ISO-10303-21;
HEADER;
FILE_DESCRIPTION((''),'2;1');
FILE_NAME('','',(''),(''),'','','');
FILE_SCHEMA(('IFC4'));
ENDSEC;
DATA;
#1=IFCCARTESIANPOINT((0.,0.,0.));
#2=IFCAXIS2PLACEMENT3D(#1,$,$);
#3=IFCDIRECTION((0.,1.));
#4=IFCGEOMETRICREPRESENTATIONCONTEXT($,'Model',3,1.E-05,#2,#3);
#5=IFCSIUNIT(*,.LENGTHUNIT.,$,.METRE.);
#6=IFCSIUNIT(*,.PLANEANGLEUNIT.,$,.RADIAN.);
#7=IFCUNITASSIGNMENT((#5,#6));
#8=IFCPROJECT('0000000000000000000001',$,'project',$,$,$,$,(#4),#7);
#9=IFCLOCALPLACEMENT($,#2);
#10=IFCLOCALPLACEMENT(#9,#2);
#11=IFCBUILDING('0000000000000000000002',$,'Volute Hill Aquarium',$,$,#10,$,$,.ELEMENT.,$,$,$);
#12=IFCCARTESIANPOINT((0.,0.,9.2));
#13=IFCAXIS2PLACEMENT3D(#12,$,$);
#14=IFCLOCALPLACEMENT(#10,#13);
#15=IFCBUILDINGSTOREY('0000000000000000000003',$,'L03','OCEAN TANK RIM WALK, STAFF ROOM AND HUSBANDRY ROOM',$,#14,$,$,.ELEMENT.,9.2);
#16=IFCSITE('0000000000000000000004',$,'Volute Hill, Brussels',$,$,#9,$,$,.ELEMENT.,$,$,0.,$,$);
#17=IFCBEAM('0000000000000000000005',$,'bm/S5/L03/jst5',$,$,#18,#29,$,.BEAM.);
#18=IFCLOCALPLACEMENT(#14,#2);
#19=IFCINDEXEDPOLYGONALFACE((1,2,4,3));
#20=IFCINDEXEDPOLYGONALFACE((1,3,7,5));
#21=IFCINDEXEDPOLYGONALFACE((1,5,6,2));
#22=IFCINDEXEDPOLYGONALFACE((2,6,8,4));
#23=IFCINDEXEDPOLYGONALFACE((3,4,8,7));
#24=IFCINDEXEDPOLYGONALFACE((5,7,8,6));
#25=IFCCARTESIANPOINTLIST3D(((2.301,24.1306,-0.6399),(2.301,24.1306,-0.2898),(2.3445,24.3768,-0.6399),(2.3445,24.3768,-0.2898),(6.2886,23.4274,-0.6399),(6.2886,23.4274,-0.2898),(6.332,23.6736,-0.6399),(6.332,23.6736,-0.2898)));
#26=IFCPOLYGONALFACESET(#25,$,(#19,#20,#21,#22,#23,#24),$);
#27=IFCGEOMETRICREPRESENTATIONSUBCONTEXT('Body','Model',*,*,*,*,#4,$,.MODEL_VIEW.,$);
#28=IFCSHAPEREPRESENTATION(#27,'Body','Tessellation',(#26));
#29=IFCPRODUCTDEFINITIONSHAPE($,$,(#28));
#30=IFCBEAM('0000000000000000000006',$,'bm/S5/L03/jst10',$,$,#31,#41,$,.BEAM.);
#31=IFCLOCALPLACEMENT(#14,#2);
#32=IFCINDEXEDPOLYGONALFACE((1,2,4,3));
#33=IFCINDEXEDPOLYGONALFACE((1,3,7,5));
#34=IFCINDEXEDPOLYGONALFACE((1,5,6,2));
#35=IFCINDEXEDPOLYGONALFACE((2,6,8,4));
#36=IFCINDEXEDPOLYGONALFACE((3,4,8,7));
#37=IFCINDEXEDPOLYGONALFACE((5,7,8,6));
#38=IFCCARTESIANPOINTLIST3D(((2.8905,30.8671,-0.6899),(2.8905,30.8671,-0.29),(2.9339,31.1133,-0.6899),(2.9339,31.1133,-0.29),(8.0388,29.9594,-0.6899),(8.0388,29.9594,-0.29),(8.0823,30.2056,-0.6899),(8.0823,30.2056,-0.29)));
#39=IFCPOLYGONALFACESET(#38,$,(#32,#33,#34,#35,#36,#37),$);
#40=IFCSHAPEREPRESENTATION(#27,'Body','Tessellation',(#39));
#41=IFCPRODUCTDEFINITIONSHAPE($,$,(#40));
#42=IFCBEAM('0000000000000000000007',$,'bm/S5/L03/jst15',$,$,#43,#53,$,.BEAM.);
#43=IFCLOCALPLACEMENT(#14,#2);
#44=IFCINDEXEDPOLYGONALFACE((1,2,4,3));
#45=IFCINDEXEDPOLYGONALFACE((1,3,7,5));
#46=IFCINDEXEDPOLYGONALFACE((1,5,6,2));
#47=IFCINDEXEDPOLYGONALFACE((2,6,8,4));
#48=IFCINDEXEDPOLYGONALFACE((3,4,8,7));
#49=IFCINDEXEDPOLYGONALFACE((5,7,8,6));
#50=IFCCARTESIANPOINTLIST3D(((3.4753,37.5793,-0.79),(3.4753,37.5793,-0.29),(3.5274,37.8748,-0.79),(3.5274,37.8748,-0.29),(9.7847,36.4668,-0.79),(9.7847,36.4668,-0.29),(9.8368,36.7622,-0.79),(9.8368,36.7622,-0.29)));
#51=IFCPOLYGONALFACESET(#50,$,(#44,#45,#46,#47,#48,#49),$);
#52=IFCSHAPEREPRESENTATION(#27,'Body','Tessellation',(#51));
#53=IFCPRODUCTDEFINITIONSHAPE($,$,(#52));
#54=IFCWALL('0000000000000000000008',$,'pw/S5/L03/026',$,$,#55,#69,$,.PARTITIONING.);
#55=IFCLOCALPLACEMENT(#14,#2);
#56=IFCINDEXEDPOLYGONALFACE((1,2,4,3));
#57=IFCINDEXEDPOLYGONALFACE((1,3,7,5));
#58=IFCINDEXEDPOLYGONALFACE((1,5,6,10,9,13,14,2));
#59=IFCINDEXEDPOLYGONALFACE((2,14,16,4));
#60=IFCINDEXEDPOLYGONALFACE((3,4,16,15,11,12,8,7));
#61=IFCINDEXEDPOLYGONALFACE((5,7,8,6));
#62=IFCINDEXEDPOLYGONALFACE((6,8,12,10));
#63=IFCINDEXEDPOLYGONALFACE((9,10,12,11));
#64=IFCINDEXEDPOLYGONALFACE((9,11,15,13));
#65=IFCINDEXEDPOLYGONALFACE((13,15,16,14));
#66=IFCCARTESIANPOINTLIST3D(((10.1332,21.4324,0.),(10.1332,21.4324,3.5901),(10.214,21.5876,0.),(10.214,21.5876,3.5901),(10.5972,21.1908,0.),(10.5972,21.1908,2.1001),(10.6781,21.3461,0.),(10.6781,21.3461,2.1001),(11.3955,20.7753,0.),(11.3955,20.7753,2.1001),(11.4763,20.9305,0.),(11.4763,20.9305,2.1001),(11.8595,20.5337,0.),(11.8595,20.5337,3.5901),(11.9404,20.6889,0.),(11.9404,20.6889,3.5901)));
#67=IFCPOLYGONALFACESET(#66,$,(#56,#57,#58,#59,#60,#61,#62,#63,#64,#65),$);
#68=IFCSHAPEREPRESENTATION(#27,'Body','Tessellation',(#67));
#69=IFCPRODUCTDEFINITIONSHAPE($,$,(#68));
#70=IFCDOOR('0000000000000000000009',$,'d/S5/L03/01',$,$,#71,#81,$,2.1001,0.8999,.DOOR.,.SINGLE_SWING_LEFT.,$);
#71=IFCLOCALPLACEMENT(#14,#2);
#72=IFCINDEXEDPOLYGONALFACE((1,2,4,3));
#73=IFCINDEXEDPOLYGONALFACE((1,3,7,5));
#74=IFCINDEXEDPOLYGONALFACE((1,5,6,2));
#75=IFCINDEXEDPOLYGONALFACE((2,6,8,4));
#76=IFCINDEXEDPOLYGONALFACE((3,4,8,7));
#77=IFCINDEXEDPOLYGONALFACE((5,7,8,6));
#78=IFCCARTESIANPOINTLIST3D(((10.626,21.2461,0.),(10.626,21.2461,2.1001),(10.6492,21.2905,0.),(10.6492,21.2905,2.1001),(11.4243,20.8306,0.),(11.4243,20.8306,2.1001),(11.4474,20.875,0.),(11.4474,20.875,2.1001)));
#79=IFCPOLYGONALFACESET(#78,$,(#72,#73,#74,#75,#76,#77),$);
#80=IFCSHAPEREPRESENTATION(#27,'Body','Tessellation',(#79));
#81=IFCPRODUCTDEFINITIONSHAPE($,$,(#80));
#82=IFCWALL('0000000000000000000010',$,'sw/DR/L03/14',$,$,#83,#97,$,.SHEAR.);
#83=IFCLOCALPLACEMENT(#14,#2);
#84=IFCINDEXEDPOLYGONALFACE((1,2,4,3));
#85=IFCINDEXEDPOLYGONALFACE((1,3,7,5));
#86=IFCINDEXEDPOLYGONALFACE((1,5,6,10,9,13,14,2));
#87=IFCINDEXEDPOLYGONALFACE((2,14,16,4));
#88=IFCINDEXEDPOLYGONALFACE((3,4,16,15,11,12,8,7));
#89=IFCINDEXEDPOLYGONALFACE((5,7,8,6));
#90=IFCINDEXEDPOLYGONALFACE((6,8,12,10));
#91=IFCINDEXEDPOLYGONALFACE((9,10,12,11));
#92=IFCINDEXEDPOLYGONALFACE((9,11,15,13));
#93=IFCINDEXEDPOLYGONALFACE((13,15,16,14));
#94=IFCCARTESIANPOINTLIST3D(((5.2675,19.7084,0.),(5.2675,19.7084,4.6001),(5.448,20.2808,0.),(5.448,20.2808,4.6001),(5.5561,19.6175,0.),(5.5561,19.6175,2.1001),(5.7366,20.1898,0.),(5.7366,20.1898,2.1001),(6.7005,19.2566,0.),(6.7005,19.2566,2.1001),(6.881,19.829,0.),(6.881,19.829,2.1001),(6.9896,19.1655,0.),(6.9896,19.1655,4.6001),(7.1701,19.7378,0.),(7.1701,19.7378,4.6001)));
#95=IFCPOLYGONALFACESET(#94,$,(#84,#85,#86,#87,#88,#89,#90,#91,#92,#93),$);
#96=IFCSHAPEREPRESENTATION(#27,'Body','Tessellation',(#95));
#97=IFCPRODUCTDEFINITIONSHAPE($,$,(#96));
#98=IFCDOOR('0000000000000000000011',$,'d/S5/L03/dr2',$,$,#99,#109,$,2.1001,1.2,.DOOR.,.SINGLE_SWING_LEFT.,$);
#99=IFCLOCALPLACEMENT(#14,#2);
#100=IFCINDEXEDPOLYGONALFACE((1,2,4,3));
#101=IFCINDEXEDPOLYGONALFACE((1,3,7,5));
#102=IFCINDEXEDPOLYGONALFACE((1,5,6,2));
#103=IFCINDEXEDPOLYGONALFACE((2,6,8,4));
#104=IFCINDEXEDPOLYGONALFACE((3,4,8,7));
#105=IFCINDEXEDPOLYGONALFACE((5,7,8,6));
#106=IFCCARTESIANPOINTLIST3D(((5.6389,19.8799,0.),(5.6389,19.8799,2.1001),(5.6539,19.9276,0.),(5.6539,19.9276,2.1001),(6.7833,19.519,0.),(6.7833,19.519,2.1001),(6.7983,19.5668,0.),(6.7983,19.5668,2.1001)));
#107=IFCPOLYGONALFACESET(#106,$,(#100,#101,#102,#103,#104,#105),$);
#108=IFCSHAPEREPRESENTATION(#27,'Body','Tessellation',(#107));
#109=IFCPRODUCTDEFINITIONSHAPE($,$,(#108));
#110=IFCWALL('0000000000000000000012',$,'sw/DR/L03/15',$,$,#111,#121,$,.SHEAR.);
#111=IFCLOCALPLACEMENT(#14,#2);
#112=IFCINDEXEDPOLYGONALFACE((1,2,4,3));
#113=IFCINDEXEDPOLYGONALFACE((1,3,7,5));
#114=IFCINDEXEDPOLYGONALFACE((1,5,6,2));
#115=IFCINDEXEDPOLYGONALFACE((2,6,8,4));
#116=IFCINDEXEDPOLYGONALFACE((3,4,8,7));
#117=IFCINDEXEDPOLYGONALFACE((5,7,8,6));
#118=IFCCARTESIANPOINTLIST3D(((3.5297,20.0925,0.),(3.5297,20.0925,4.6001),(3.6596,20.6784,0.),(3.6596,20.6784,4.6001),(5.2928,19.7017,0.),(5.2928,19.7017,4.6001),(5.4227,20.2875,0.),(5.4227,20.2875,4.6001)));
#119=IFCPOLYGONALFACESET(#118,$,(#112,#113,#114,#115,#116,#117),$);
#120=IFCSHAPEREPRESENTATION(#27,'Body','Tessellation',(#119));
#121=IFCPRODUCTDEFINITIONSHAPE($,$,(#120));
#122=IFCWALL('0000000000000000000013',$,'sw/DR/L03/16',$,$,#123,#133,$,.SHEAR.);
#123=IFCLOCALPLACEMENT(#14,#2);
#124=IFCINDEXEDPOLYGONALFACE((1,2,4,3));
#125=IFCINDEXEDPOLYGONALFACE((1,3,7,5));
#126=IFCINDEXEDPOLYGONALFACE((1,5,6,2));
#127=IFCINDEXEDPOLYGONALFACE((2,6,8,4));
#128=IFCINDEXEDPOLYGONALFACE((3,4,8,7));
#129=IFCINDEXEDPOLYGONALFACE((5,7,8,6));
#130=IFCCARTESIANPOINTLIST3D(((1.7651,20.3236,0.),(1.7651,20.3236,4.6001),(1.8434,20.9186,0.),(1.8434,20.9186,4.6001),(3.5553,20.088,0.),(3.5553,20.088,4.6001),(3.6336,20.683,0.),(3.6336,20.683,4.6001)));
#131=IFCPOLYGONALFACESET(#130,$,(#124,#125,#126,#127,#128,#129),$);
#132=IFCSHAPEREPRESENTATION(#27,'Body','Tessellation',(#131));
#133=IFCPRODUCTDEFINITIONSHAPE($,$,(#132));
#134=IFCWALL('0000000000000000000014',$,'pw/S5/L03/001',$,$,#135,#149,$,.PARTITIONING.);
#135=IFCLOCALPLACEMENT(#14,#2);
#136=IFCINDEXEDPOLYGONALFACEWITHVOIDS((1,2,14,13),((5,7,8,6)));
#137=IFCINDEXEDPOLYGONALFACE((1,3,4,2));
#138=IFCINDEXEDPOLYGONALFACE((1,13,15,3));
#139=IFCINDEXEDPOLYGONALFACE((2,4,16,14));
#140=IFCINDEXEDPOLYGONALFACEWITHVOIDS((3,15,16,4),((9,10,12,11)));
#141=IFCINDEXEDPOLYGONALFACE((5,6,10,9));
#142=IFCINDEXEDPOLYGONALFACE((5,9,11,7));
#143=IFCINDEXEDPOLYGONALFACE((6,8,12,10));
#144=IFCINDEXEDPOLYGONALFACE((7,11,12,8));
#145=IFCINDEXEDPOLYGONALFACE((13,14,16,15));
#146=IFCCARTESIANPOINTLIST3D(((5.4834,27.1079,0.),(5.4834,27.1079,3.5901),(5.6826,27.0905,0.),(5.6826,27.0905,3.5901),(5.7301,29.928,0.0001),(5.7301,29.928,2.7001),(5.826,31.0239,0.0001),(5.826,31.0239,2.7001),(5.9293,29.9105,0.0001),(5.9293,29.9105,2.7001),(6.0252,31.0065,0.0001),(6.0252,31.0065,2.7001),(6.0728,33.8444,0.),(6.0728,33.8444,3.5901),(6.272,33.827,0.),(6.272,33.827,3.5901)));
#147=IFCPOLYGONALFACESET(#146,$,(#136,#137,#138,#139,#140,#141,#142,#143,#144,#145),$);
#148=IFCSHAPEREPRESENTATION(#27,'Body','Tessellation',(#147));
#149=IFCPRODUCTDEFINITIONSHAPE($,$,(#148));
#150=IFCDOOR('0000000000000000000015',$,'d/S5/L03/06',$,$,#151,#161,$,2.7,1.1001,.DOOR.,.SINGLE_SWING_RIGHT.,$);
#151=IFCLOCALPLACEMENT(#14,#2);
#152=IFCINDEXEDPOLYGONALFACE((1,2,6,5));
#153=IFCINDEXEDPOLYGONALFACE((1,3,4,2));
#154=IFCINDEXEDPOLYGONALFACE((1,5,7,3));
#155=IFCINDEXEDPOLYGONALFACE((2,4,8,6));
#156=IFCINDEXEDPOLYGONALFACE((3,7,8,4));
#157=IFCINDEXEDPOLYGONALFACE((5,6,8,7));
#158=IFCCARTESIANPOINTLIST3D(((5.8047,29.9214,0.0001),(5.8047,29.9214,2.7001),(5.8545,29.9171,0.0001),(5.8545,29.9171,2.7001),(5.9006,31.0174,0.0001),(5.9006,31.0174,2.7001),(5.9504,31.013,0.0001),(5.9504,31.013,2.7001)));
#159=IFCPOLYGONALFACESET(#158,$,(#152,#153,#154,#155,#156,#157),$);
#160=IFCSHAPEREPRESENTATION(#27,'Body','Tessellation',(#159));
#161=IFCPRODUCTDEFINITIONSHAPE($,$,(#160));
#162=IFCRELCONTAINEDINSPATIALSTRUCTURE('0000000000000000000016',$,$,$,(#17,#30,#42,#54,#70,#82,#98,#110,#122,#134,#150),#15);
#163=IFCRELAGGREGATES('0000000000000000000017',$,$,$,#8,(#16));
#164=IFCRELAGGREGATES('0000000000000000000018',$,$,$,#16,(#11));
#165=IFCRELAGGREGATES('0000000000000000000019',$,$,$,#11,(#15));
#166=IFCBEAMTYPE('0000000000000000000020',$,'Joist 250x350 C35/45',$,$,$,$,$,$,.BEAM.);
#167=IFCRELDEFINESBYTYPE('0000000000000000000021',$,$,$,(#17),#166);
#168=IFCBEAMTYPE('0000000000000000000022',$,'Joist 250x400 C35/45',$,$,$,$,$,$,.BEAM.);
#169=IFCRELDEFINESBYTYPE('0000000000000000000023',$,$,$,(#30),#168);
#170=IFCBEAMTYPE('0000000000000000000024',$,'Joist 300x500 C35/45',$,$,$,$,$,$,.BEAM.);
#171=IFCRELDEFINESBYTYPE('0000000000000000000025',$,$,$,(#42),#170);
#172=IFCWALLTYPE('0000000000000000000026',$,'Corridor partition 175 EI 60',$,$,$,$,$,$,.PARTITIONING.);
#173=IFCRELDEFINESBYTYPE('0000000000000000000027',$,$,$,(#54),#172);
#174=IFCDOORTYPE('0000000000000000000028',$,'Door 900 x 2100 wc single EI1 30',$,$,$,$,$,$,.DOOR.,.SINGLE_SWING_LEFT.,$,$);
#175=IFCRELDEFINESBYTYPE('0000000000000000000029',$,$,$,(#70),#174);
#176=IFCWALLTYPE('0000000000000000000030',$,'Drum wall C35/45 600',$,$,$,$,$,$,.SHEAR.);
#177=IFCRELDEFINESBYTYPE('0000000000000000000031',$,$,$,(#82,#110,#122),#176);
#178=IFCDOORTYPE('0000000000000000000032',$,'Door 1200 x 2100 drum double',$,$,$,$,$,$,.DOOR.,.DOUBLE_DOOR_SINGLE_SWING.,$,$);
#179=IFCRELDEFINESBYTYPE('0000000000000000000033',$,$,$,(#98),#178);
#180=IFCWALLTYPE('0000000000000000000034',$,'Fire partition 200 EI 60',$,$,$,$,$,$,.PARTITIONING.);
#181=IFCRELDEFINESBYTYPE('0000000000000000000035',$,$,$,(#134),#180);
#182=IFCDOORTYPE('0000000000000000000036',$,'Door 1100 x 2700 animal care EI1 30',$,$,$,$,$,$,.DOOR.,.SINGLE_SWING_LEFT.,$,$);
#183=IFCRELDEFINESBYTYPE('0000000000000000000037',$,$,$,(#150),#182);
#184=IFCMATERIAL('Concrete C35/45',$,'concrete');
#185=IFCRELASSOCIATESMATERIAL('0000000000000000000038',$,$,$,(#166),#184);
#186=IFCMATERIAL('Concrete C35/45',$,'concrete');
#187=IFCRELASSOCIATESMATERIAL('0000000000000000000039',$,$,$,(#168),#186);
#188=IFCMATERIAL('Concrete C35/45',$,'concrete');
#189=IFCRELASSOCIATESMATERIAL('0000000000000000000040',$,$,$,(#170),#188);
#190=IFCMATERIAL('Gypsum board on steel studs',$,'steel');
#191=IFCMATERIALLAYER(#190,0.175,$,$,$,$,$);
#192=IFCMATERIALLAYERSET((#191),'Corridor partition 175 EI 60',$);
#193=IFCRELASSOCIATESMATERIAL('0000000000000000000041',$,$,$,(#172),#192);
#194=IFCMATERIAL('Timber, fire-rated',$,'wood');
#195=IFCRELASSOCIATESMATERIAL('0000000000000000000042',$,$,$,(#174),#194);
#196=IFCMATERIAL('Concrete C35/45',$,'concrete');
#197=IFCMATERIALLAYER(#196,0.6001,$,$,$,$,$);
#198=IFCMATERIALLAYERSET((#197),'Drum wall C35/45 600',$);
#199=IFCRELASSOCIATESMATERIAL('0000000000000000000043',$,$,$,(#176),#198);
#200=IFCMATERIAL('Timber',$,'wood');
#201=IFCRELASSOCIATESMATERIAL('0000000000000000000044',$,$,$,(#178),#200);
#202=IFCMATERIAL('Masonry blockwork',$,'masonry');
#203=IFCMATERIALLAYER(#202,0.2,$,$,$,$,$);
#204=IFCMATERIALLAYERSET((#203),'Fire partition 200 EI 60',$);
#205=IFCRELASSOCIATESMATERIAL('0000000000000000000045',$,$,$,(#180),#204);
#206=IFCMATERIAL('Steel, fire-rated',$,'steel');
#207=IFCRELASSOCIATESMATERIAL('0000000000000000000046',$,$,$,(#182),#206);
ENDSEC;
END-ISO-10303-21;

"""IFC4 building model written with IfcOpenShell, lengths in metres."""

from ifc_helpers import new_model, si_unit, direction, frame, frame_2d, origin, origin_2d, place, context, subcontext, project, spatial, rectangle, extrude, material, layer, layer_set, material_profile, profile_set, type_object, element, fill, save


model = new_model("IFC4")

# Units and contexts
model_context = context("Model", 3, precision=1e-05, world=origin(), true_north=direction((0.0, 1.0)))
body_context = subcontext(model_context, "Body", "Model", "MODEL_VIEW")
ifc_project = project(units=[si_unit("LENGTHUNIT", "METRE"), si_unit("PLANEANGLEUNIT", "RADIAN")], contexts=[model_context])

# Site, building, storey
site_placement = place(None, origin())
site = spatial("IfcSite", under=ifc_project, at=site_placement, Name="Volute Hill, Brussels", CompositionType="ELEMENT", RefElevation=0.0)
building_placement = place(site_placement, origin())
building = spatial("IfcBuilding", under=site, at=building_placement, Name="Volute Hill Aquarium", CompositionType="ELEMENT")
storey_placement = place(building_placement, frame((0.0, 0.0, 9.2)))
storey = spatial("IfcBuildingStorey", under=building, at=storey_placement, Name="L03", Description="OCEAN TANK RIM WALK, STAFF ROOM AND HUSBANDRY ROOM", CompositionType="ELEMENT", Elevation=9.2)

# Beams
ifc_material_1 = material(Name="Concrete C35/45", Category="concrete")
ifc_material_profile_1 = material_profile(ifc_material_1, rectangle(XDim=0.25, YDim=0.3501, at=origin_2d()), Name="RC joist 250x350")
ifc_profile_set_1 = profile_set([ifc_material_profile_1], Name="Concrete C35/45")
beam_type_1 = type_object("IfcBeamType", Name="Joist 250x350 C35/45", PredefinedType="BEAM", material=ifc_profile_set_1)
beam_1_placement = place(storey_placement, frame((6.3103, 23.5505, -0.4648), z_axis=(-0.984807, 0.173651, 0.0), x_axis=(-0.173651, -0.984807, 0.0)))
element("IfcBeam", 1, at=beam_1_placement, inside=storey, type_object=beam_type_1, Name="bm/S5/L03/jst5", PredefinedType="BEAM", context=body_context, shape_type="SweptSolid", body=[
    extrude(rectangle(XDim=0.25, YDim=0.3501, at=origin_2d()), origin(), (0.0, 0.0, 1.0), 4.0491),
])
ifc_material_2 = material(Name="Concrete C35/45", Category="concrete")
ifc_material_profile_2 = material_profile(ifc_material_2, rectangle(XDim=0.25, YDim=0.3999, at=origin_2d()), Name="RC joist 250x400")
ifc_profile_set_2 = profile_set([ifc_material_profile_2], Name="Concrete C35/45")
beam_type_2 = type_object("IfcBeamType", Name="Joist 250x400 C35/45", PredefinedType="BEAM", material=ifc_profile_set_2)
beam_2_placement = place(storey_placement, frame((8.0605, 30.0825, -0.49), z_axis=(-0.984811, 0.173631, 0.0), x_axis=(-0.173631, -0.984811, 0.0)))
element("IfcBeam", 2, at=beam_2_placement, inside=storey, type_object=beam_type_2, Name="bm/S5/L03/jst10", PredefinedType="BEAM", context=body_context, shape_type="SweptSolid", body=[
    extrude(rectangle(XDim=0.25, YDim=0.3999, at=origin_2d()), origin(), (0.0, 0.0, 1.0), 5.2278),
])
ifc_material_3 = material(Name="Concrete C35/45", Category="concrete")
ifc_material_profile_3 = material_profile(ifc_material_3, rectangle(XDim=0.3, YDim=0.5, at=origin_2d()), Name="RC joist 300x500")
ifc_profile_set_3 = profile_set([ifc_material_profile_3], Name="Concrete C35/45")
beam_type_3 = type_object("IfcBeamType", Name="Joist 300x500 C35/45", PredefinedType="BEAM", material=ifc_profile_set_3)
beam_3_placement = place(storey_placement, frame((9.8108, 36.6145, -0.54), z_axis=(-0.984807, 0.173655, 0.0), x_axis=(-0.173655, -0.984807, 0.0)))
element("IfcBeam", 3, at=beam_3_placement, inside=storey, type_object=beam_type_3, Name="bm/S5/L03/jst15", PredefinedType="BEAM", context=body_context, shape_type="SweptSolid", body=[
    extrude(rectangle(XDim=0.3, YDim=0.5, at=origin_2d()), origin(), (0.0, 0.0, 1.0), 6.4067),
])

# Walls, openings, doors
ifc_material_4 = material(Name="Gypsum board on steel studs", Category="steel")
ifc_layer_1 = layer(ifc_material_4, 0.175)
ifc_layer_set_1 = layer_set([ifc_layer_1], Name="Corridor partition 175 EI 60")
wall_type_1 = type_object("IfcWallType", Name="Corridor partition 175 EI 60", PredefinedType="PARTITIONING", material=ifc_layer_set_1)
wall_1_placement = place(storey_placement, frame((10.1736, 21.51, 0.0), z_axis=(0.0, 0.0, 1.0), x_axis=(0.887007, -0.461756, 0.0)))
wall_1 = element("IfcWall", 4, at=wall_1_placement, inside=storey, type_object=wall_type_1, Name="pw/S5/L03/026", PredefinedType="PARTITIONING", context=body_context, shape_type="SweptSolid", body=[
    extrude(rectangle(XDim=1.9463, YDim=0.175, at=frame_2d((0.9731, 0.0))), origin(), (0.0, 0.0, 1.0), 3.5901),
])
opening_1_placement = place(wall_1_placement, frame((0.5232, 0.0, 0.0)))
opening_1 = element("IfcOpeningElement", 5, at=opening_1_placement, cuts=wall_1, PredefinedType="OPENING", context=body_context, shape_type="SweptSolid", body=[
    extrude(rectangle(XDim=0.8999, YDim=2.1001, at=frame_2d((0.45, 1.05))), frame((0.0, 0.0974, 0.0), z_axis=(0.0, -1.0, 0.0), x_axis=(1.0, 0.0, 0.0)), (0.0, 0.0, 1.0), 0.1951),
])
ifc_material_5 = material(Name="Timber, fire-rated", Category="wood")
door_type_1 = type_object("IfcDoorType", Name="Door 900 x 2100 wc single EI1 30", OperationType="SINGLE_SWING_LEFT", PredefinedType="DOOR", material=ifc_material_5)
door_1_placement = place(opening_1_placement, origin())
door_1 = element("IfcDoor", 6, at=door_1_placement, inside=storey, type_object=door_type_1, Name="d/S5/L03/01", OperationType="SINGLE_SWING_LEFT", OverallHeight=2.1001, OverallWidth=0.8999, PredefinedType="DOOR", context=body_context, shape_type="SweptSolid", body=[
    extrude(rectangle(XDim=0.8999, YDim=2.1001, at=frame_2d((0.45, 1.05))), frame((0.0, 0.0249, 0.0), z_axis=(0.0, -1.0, 0.0), x_axis=(1.0, 0.0, 0.0)), (0.0, 0.0, 1.0), 0.05),
])
fill(opening_1, door_1)
ifc_material_6 = material(Name="Concrete C35/45", Category="concrete")
ifc_layer_2 = layer(ifc_material_6, 0.6001)
ifc_layer_set_2 = layer_set([ifc_layer_2], Name="Drum wall C35/45 600")
wall_type_2 = type_object("IfcWallType", Name="Drum wall C35/45 600", PredefinedType="SHEAR", material=ifc_layer_set_2)
wall_2_placement = place(storey_placement, frame((7.0798, 19.4517, 0.0), z_axis=(0.0, 0.0, 1.0), x_axis=(-0.953722, 0.300691, 0.0)))
wall_2 = element("IfcWall", 7, at=wall_2_placement, inside=storey, type_object=wall_type_2, Name="sw/DR/L03/14", PredefinedType="SHEAR", context=body_context, shape_type="SweptSolid", body=[
    extrude(rectangle(XDim=1.8057, YDim=0.6001, at=frame_2d((0.9028, 0.0))), origin(), (0.0, 0.0, 1.0), 4.6001),
])
opening_2_placement = place(wall_2_placement, frame((0.303, 0.0, 0.0)))
opening_2 = element("IfcOpeningElement", 8, at=opening_2_placement, cuts=wall_2, PredefinedType="OPENING", context=body_context, shape_type="SweptSolid", body=[
    extrude(rectangle(XDim=1.2, YDim=2.1001, at=frame_2d((0.6001, 1.05))), frame((0.0, 0.3101, 0.0), z_axis=(0.0, -1.0, 0.0), x_axis=(1.0, 0.0, 0.0)), (0.0, 0.0, 1.0), 0.6201),
])
ifc_material_7 = material(Name="Timber", Category="wood")
door_type_2 = type_object("IfcDoorType", Name="Door 1200 x 2100 drum double", OperationType="DOUBLE_DOOR_SINGLE_SWING", PredefinedType="DOOR", material=ifc_material_7)
door_2_placement = place(opening_2_placement, origin())
door_2 = element("IfcDoor", 9, at=door_2_placement, inside=storey, type_object=door_type_2, Name="d/S5/L03/dr2", OperationType="SINGLE_SWING_LEFT", OverallHeight=2.1001, OverallWidth=1.2, PredefinedType="DOOR", context=body_context, shape_type="SweptSolid", body=[
    extrude(rectangle(XDim=1.2, YDim=2.1001, at=frame_2d((0.6001, 1.05))), frame((0.0, 0.0249, 0.0), z_axis=(0.0, -1.0, 0.0), x_axis=(1.0, 0.0, 0.0)), (0.0, 0.0, 1.0), 0.05),
])
fill(opening_2, door_2)

# Walls
wall_3_placement = place(storey_placement, frame((5.3577, 19.9946, 0.0), z_axis=(0.0, 0.0, 1.0), x_axis=(-0.976298, 0.216429, 0.0)))
element("IfcWall", 10, at=wall_3_placement, inside=storey, type_object=wall_type_2, Name="sw/DR/L03/15", PredefinedType="SHEAR", context=body_context, shape_type="SweptSolid", body=[
    extrude(rectangle(XDim=1.8059, YDim=0.6001, at=frame_2d((0.9028, 0.0))), origin(), (0.0, 0.0, 1.0), 4.6001),
])
wall_4_placement = place(storey_placement, frame((3.5945, 20.3855, 0.0), z_axis=(0.0, 0.0, 1.0), x_axis=(-0.991452, 0.130472, 0.0)))
element("IfcWall", 11, at=wall_4_placement, inside=storey, type_object=wall_type_2, Name="sw/DR/L03/16", PredefinedType="SHEAR", context=body_context, shape_type="SweptSolid", body=[
    extrude(rectangle(XDim=1.8057, YDim=0.6001, at=frame_2d((0.9028, 0.0))), origin(), (0.0, 0.0, 1.0), 4.6001),
])

# Wall, opening, door
ifc_material_8 = material(Name="Masonry blockwork", Category="masonry")
ifc_layer_3 = layer(ifc_material_8, 0.2)
ifc_layer_set_3 = layer_set([ifc_layer_3], Name="Fire partition 200 EI 60")
wall_type_3 = type_object("IfcWallType", Name="Fire partition 200 EI 60", PredefinedType="PARTITIONING", material=ifc_layer_set_3)
wall_5_placement = place(storey_placement, frame((6.1724, 33.8357, 0.0), z_axis=(0.0, 0.0, 1.0), x_axis=(-0.087153, -0.996195, 0.0)))
wall_5 = element("IfcWall", 12, at=wall_5_placement, inside=storey, type_object=wall_type_3, Name="pw/S5/L03/001", PredefinedType="PARTITIONING", context=body_context, shape_type="SweptSolid", body=[
    extrude(rectangle(XDim=6.7622, YDim=0.2, at=frame_2d((3.3811, 0.0))), origin(), (0.0, 0.0, 1.0), 3.5901),
])
opening_3_placement = place(wall_5_placement, frame((2.8313, 0.0, 0.0)))
opening_3 = element("IfcOpeningElement", 13, at=opening_3_placement, cuts=wall_5, PredefinedType="OPENING", context=body_context, shape_type="SweptSolid", body=[
    extrude(rectangle(XDim=1.1001, YDim=2.7, at=frame_2d((0.55, 1.3501))), frame((0.0, 0.1099, 0.0), z_axis=(0.0, -1.0, 0.0), x_axis=(1.0, 0.0, 0.0)), (0.0, 0.0, 1.0), 0.22),
])
ifc_material_9 = material(Name="Steel, fire-rated", Category="steel")
door_type_3 = type_object("IfcDoorType", Name="Door 1100 x 2700 animal care EI1 30", OperationType="SINGLE_SWING_LEFT", PredefinedType="DOOR", material=ifc_material_9)
door_3_placement = place(opening_3_placement, origin())
door_3 = element("IfcDoor", 14, at=door_3_placement, inside=storey, type_object=door_type_3, Name="d/S5/L03/06", OperationType="SINGLE_SWING_RIGHT", OverallHeight=2.7, OverallWidth=1.1001, PredefinedType="DOOR", context=body_context, shape_type="SweptSolid", body=[
    extrude(rectangle(XDim=1.1001, YDim=2.7, at=frame_2d((0.55, 1.3501))), frame((0.0, 0.0249, 0.0), z_axis=(0.0, -1.0, 0.0), x_axis=(1.0, 0.0, 0.0)), (0.0, 0.0, 1.0), 0.05),
])
fill(opening_3, door_3)

save(model, "model.ifc")
